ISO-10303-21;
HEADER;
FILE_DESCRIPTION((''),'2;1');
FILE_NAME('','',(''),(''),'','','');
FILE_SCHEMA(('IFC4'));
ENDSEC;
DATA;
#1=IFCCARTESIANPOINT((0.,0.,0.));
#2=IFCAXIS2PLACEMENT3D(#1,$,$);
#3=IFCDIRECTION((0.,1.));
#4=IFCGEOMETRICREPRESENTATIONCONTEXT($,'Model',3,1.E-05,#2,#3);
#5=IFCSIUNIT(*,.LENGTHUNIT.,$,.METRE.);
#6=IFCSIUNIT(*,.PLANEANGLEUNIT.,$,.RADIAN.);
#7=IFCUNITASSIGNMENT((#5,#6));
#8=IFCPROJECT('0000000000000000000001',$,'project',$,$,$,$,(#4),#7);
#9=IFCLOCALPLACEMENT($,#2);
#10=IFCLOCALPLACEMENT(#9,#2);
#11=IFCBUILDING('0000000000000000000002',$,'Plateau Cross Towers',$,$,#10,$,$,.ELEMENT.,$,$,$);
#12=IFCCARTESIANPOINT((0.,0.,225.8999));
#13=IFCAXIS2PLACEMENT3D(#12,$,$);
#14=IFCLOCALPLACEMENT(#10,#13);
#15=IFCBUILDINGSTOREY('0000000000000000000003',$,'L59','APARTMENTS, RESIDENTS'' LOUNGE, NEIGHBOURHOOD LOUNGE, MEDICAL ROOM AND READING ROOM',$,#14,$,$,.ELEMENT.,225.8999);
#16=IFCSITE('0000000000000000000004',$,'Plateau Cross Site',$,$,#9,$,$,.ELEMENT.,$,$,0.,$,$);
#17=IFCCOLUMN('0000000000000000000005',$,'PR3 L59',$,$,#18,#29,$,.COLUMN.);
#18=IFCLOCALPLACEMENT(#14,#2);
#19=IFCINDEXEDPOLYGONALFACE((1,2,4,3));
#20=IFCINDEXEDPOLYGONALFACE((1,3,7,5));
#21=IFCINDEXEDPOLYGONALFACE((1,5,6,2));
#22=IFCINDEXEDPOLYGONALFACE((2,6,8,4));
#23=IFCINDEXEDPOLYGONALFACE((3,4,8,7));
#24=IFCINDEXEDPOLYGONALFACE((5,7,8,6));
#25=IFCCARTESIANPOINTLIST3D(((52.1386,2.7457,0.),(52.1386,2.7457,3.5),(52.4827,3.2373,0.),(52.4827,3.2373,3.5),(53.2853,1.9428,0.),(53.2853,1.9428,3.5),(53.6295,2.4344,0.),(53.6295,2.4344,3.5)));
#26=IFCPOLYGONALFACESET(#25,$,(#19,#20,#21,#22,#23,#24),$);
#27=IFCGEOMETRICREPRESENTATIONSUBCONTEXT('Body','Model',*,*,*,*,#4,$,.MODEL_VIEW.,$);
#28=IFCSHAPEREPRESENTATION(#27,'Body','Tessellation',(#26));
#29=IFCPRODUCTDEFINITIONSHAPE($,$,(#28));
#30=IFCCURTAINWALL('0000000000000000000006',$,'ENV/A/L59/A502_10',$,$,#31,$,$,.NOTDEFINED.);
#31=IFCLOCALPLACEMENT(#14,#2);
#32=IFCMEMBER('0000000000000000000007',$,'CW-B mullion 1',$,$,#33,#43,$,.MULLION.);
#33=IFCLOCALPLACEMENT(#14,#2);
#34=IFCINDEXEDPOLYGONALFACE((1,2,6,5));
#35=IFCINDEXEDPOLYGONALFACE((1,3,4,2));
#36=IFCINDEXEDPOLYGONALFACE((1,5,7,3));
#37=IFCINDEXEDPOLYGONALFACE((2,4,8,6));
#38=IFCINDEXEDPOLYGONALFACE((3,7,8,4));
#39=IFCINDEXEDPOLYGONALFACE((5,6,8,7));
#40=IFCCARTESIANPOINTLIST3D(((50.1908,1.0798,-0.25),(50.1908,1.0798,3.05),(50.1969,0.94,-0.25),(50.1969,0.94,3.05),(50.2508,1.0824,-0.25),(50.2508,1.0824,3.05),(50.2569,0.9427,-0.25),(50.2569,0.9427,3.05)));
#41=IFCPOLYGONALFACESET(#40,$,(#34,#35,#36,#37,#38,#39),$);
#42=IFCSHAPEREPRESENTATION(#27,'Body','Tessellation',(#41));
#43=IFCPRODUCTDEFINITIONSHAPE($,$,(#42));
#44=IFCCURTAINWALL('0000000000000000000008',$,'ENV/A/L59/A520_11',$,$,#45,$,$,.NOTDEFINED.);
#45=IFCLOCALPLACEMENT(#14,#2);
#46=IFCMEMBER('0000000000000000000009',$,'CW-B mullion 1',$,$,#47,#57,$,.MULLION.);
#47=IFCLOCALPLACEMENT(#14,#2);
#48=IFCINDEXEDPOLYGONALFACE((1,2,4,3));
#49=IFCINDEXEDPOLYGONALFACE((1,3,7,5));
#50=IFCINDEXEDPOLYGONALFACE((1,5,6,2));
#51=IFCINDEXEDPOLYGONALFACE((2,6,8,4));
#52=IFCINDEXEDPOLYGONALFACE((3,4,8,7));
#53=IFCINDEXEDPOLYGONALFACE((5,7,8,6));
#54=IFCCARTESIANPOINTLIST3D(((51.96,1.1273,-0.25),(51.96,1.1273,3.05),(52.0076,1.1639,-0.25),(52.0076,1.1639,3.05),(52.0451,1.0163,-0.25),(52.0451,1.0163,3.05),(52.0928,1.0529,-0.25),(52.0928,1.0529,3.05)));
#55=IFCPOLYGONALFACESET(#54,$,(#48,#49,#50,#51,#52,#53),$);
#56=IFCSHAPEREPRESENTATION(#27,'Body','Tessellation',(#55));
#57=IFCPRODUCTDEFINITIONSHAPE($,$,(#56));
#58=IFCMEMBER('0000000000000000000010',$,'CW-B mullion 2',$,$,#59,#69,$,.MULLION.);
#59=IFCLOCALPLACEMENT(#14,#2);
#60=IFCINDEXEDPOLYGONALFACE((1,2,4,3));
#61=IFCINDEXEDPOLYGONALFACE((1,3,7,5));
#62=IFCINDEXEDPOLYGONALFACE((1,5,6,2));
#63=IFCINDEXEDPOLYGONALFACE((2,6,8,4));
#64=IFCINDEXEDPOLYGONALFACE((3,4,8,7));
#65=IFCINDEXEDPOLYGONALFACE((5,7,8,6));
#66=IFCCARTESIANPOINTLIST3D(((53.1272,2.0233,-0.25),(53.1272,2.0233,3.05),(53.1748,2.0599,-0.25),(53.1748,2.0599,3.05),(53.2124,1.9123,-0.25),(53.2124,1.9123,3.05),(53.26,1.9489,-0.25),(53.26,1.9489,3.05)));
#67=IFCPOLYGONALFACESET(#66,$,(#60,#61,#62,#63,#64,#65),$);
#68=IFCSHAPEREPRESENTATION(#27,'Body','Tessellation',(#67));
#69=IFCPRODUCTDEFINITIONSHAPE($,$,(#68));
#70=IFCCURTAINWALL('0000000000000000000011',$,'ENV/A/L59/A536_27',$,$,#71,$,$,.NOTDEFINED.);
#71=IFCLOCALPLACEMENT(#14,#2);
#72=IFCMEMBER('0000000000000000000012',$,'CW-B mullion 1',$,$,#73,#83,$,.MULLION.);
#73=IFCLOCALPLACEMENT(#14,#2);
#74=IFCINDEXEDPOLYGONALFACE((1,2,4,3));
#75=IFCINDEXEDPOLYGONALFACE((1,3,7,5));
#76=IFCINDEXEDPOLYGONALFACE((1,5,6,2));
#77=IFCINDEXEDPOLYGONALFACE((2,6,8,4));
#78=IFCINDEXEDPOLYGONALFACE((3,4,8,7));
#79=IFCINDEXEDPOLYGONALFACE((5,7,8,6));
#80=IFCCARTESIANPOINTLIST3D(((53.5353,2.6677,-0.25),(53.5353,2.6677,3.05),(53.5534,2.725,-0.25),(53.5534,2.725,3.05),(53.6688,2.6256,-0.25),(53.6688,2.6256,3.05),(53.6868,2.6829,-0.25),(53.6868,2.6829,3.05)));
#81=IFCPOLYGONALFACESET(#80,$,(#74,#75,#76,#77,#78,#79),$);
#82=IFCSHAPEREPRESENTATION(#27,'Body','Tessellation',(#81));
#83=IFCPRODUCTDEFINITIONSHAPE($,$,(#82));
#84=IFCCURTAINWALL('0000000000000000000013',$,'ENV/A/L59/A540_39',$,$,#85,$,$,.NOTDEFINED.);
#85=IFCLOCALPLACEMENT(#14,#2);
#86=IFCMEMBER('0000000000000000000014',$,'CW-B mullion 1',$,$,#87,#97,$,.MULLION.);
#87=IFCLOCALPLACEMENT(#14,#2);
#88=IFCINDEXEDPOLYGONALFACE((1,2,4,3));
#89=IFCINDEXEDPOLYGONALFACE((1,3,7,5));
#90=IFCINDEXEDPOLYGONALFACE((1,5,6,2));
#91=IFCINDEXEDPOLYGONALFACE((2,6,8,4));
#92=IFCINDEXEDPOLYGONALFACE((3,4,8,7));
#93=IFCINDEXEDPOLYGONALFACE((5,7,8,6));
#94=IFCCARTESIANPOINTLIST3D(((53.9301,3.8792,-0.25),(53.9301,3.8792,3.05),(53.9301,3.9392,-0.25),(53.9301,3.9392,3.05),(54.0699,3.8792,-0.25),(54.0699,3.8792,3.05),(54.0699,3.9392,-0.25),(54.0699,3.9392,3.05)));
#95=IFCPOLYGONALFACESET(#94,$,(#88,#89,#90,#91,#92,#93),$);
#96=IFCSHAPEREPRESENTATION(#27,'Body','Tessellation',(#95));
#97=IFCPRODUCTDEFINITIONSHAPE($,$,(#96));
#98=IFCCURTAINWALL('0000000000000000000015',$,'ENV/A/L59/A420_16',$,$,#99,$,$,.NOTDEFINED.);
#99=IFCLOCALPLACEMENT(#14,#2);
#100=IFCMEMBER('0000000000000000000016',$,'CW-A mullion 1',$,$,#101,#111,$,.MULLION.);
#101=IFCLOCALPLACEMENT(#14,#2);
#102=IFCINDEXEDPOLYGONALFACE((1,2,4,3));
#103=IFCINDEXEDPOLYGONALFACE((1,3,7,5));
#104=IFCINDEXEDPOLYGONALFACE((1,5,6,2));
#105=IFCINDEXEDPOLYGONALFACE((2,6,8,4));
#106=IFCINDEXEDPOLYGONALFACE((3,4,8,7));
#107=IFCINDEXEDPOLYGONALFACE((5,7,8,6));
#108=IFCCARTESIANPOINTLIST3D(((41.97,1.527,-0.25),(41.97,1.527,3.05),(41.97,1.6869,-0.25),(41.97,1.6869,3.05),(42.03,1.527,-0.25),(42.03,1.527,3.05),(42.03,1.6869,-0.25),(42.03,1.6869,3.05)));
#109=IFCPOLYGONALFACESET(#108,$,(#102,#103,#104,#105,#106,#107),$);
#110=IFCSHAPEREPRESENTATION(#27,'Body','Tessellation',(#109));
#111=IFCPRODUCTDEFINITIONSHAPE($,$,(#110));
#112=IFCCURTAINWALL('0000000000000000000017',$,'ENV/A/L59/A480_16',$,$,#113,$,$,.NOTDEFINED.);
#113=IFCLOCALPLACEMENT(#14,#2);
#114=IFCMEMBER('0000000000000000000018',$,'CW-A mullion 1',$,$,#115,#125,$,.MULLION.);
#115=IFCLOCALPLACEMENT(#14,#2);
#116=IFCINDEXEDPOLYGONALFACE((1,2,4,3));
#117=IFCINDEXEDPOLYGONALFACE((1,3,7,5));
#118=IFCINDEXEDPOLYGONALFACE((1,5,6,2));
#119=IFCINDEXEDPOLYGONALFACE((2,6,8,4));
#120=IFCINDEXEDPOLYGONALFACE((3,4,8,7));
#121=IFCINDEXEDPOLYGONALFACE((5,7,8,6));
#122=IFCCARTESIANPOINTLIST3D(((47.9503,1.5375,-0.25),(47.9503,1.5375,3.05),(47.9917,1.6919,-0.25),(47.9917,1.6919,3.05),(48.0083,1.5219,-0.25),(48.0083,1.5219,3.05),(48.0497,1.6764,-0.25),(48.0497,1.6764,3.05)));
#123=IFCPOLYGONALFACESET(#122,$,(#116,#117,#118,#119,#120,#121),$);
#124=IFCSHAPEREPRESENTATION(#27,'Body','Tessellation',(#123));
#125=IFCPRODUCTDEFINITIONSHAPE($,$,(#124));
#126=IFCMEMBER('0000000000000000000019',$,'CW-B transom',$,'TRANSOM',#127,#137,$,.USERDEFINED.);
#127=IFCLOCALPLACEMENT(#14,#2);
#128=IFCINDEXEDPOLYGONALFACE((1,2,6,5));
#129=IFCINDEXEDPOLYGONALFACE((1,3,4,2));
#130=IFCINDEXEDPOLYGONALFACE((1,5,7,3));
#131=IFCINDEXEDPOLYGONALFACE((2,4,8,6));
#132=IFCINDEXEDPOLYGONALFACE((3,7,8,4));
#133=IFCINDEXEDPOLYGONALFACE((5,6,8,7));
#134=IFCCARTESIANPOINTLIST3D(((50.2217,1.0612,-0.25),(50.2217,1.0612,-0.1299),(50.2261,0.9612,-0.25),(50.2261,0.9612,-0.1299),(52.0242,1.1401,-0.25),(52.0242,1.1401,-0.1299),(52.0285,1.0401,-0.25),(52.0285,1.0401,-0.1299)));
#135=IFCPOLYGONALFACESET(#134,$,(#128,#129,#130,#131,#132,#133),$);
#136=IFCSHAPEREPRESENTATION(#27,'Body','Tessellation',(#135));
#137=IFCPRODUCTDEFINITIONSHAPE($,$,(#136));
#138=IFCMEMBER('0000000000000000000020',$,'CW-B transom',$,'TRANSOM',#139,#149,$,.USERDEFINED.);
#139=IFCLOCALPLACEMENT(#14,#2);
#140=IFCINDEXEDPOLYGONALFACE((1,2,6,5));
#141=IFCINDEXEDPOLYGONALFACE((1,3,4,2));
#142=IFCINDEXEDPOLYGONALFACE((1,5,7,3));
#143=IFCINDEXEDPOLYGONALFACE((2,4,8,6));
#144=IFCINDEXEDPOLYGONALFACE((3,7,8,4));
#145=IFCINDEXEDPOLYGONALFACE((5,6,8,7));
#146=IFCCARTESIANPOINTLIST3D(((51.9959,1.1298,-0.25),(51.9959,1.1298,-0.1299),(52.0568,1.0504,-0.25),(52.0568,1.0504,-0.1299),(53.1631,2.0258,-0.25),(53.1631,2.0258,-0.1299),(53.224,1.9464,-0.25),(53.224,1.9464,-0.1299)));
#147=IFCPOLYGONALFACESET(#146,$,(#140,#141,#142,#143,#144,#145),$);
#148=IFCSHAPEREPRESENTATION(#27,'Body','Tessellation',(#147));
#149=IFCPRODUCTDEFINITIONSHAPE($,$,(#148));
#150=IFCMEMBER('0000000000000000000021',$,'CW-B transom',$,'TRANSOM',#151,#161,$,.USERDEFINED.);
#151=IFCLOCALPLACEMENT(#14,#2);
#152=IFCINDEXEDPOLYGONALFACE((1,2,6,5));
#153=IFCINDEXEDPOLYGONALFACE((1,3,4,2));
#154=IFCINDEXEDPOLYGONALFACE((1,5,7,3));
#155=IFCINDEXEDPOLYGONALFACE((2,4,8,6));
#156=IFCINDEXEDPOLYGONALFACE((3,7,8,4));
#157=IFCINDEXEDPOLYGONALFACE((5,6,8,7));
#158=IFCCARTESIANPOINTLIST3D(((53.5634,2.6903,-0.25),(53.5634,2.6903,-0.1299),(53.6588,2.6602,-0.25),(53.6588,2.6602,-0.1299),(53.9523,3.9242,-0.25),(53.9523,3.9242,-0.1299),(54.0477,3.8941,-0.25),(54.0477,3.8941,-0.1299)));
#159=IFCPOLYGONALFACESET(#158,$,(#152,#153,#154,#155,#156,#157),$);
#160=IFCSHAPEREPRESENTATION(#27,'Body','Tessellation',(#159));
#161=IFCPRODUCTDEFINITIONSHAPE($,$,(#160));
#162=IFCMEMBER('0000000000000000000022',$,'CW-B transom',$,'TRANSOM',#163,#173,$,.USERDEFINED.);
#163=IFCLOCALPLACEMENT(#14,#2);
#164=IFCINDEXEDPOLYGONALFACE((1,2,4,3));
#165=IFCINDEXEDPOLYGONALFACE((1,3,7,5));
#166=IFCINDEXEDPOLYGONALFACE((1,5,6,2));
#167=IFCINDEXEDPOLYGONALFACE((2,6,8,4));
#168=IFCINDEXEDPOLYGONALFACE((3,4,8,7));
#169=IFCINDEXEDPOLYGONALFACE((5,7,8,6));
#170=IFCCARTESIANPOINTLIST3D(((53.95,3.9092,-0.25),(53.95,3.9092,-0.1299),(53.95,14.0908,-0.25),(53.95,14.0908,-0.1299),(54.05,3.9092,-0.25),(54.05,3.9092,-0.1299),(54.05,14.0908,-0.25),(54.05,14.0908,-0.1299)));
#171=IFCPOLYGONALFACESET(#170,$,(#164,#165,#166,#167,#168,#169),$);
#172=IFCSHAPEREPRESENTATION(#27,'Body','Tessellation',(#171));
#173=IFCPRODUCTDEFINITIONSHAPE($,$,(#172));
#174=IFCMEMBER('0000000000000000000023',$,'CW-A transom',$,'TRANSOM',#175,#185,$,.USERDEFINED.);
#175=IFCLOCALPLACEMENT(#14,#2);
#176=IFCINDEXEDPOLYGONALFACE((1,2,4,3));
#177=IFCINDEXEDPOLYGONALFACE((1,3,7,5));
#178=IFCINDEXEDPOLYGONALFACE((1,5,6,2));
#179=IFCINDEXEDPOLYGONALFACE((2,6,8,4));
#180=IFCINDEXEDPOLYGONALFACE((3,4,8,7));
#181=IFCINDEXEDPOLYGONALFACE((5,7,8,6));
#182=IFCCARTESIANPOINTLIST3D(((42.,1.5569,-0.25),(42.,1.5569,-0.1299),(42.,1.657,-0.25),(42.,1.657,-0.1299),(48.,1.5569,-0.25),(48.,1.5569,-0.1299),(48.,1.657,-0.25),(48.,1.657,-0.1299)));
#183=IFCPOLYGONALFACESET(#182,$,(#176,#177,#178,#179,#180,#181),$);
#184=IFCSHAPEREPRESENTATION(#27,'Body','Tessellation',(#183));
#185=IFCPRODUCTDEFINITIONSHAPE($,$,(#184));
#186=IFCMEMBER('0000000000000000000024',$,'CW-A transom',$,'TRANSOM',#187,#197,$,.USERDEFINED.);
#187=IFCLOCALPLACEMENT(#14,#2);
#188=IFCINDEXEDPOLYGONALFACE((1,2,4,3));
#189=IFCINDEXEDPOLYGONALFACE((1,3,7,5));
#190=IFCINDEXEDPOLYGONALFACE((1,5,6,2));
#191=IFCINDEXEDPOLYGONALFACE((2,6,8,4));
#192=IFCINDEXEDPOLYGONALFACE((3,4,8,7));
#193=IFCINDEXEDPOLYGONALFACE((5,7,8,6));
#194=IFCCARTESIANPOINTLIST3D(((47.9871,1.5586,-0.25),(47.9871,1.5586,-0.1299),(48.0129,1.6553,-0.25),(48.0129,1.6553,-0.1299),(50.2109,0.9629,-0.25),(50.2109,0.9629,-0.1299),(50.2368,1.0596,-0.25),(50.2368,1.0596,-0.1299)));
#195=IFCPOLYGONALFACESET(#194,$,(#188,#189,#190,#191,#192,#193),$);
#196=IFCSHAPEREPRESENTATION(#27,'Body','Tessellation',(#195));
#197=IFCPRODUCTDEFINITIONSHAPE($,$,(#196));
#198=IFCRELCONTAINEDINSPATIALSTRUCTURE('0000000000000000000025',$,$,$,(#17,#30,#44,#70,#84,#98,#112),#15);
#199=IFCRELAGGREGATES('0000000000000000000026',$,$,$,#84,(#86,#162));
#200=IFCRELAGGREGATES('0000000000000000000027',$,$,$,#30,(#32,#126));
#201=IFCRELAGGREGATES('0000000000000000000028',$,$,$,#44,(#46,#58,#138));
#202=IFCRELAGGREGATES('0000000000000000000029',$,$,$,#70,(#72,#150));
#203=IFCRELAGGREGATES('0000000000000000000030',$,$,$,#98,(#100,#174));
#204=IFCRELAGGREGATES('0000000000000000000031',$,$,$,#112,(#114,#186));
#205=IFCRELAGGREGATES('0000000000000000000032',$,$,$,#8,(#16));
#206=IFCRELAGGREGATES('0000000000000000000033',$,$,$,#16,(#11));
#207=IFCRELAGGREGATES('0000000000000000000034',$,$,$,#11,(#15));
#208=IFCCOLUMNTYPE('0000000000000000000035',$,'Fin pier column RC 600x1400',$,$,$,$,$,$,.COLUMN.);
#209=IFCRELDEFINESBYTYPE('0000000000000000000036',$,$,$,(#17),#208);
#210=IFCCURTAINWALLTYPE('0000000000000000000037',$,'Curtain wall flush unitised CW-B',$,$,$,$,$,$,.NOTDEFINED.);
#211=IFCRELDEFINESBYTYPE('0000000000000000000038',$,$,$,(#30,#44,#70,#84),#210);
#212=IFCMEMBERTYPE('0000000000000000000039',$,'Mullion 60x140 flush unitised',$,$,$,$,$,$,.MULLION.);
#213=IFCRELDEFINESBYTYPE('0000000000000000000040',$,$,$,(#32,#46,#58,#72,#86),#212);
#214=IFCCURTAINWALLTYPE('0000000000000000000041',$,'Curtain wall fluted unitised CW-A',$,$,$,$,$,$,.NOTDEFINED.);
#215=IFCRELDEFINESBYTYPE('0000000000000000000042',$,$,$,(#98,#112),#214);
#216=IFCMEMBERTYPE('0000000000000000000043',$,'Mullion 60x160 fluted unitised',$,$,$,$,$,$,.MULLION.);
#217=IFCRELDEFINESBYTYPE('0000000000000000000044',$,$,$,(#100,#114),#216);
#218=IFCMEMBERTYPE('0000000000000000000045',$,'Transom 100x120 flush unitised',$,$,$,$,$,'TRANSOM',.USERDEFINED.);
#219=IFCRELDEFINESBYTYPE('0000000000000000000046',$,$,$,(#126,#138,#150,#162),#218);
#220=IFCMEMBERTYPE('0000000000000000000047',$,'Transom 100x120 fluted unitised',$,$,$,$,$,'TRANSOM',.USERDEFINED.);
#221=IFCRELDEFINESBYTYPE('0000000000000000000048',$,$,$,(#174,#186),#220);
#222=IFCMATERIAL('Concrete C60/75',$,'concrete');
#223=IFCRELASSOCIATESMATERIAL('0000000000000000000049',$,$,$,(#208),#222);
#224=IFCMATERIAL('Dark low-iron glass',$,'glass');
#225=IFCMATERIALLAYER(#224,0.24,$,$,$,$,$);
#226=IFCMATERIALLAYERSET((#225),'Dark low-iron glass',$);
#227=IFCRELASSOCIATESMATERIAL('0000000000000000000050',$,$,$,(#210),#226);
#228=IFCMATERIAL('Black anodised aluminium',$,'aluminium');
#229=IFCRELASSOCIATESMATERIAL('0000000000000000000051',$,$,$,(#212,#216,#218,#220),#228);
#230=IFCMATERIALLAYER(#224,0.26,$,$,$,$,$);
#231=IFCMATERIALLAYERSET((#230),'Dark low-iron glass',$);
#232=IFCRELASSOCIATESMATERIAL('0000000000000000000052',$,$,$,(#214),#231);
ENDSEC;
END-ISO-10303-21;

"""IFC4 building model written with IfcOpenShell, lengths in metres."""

from ifc_helpers import new_model, si_unit, direction, frame, origin, origin_2d, place, context, subcontext, project, spatial, rectangle, extrude, material, layer, layer_set, material_profile, profile_set, type_object, element, aggregate, save


model = new_model("IFC4")

# Units and contexts
model_context = context("Model", 3, precision=1e-05, world=origin(), true_north=direction((0.0, 1.0)))
body_context = subcontext(model_context, "Body", "Model", "MODEL_VIEW")
ifc_project = project(units=[si_unit("LENGTHUNIT", "METRE"), si_unit("PLANEANGLEUNIT", "RADIAN")], contexts=[model_context])

# Site, building, storey
site_placement = place(None, origin())
site = spatial("IfcSite", under=ifc_project, at=site_placement, Name="Plateau Cross Site", CompositionType="ELEMENT", RefElevation=0.0)
building_placement = place(site_placement, origin())
building = spatial("IfcBuilding", under=site, at=building_placement, Name="Plateau Cross Towers", CompositionType="ELEMENT")
storey_placement = place(building_placement, frame((0.0, 0.0, 225.8999)))
storey = spatial("IfcBuildingStorey", under=building, at=storey_placement, Name="L59", Description="APARTMENTS, RESIDENTS' LOUNGE, NEIGHBOURHOOD LOUNGE, MEDICAL ROOM AND READING ROOM", CompositionType="ELEMENT", Elevation=225.8999)

# Column
ifc_material_1 = material(Name="Concrete C60/75", Category="concrete")
ifc_material_profile_1 = material_profile(ifc_material_1, rectangle(XDim=0.6001, YDim=1.3999, at=origin_2d()), Name="RC 600x1400")
ifc_profile_set_1 = profile_set([ifc_material_profile_1], Name="Concrete C60/75")
column_type = type_object("IfcColumnType", Name="Fin pier column RC 600x1400", PredefinedType="COLUMN", material=ifc_profile_set_1)
column_placement = place(storey_placement, frame((52.884, 2.5901, 0.0), z_axis=(0.0, 0.0, 1.0), x_axis=(0.573543, 0.819176, 0.0)))
element("IfcColumn", 1, at=column_placement, inside=storey, type_object=column_type, Name="PR3 L59", PredefinedType="COLUMN", context=body_context, shape_type="SweptSolid", body=[
    extrude(rectangle(XDim=0.6001, YDim=1.3999, at=origin_2d()), origin(), (0.0, 0.0, 1.0), 3.5),
])

# Curtain wall, member
ifc_material_2 = material(Name="Dark low-iron glass", Category="glass")
ifc_layer_1 = layer(ifc_material_2, 0.24)
ifc_layer_set_1 = layer_set([ifc_layer_1], Name="Dark low-iron glass")
curtain_wall_type_1 = type_object("IfcCurtainWallType", Name="Curtain wall flush unitised CW-B", PredefinedType="NOTDEFINED", material=ifc_layer_set_1)
curtain_wall_1_placement = place(storey_placement, origin())
curtain_wall_1 = element("IfcCurtainWall", 2, at=curtain_wall_1_placement, inside=storey, type_object=curtain_wall_type_1, Name="ENV/A/L59/A502_10", PredefinedType="NOTDEFINED")
ifc_material_3 = material(Name="Black anodised aluminium", Category="aluminium")
ifc_material_profile_2 = material_profile(ifc_material_3, rectangle(XDim=0.0601, YDim=0.1399, at=origin_2d()), Name="MULLION 60x140")
ifc_profile_set_2 = profile_set([ifc_material_profile_2], Name="Black anodised aluminium")
member_type_1 = type_object("IfcMemberType", Name="Mullion 60x140 flush unitised", PredefinedType="MULLION", material=ifc_profile_set_2)
member_1_placement = place(storey_placement, frame((50.2239, 1.0112, -0.25), z_axis=(0.0, 0.0, 1.0), x_axis=(0.999044, 0.043723, 0.0)))
member_1 = element("IfcMember", 3, at=member_1_placement, type_object=member_type_1, Name="CW-B mullion 1", PredefinedType="MULLION", context=body_context, shape_type="SweptSolid", body=[
    extrude(rectangle(XDim=0.0601, YDim=0.1399, at=origin_2d()), origin(), (0.0, 0.0, 1.0), 3.3),
])

# Curtain wall, members
curtain_wall_2_placement = place(storey_placement, origin())
curtain_wall_2 = element("IfcCurtainWall", 4, at=curtain_wall_2_placement, inside=storey, type_object=curtain_wall_type_1, Name="ENV/A/L59/A520_11", PredefinedType="NOTDEFINED")
member_2_placement = place(storey_placement, frame((52.0264, 1.0901, -0.25), z_axis=(0.0, 0.0, 1.0), x_axis=(0.793316, 0.608811, 0.0)))
member_2 = element("IfcMember", 5, at=member_2_placement, type_object=member_type_1, Name="CW-B mullion 1", PredefinedType="MULLION", context=body_context, shape_type="SweptSolid", body=[
    extrude(rectangle(XDim=0.0601, YDim=0.1399, at=origin_2d()), origin(), (0.0, 0.0, 1.0), 3.3),
])
member_3_placement = place(storey_placement, frame((53.1936, 1.9861, -0.25), z_axis=(0.0, 0.0, 1.0), x_axis=(0.793316, 0.608811, 0.0)))
member_3 = element("IfcMember", 6, at=member_3_placement, type_object=member_type_1, Name="CW-B mullion 2", PredefinedType="MULLION", context=body_context, shape_type="SweptSolid", body=[
    extrude(rectangle(XDim=0.0601, YDim=0.1399, at=origin_2d()), origin(), (0.0, 0.0, 1.0), 3.3),
])

# Curtain walls, members
curtain_wall_3_placement = place(storey_placement, origin())
curtain_wall_3 = element("IfcCurtainWall", 7, at=curtain_wall_3_placement, inside=storey, type_object=curtain_wall_type_1, Name="ENV/A/L59/A536_27", PredefinedType="NOTDEFINED")
member_4_placement = place(storey_placement, frame((53.6111, 2.6753, -0.25), z_axis=(0.0, 0.0, 1.0), x_axis=(0.300686, 0.953723, 0.0)))
member_4 = element("IfcMember", 8, at=member_4_placement, type_object=member_type_1, Name="CW-B mullion 1", PredefinedType="MULLION", context=body_context, shape_type="SweptSolid", body=[
    extrude(rectangle(XDim=0.0601, YDim=0.1399, at=origin_2d()), origin(), (0.0, 0.0, 1.0), 3.3),
])
curtain_wall_4_placement = place(storey_placement, origin())
curtain_wall_4 = element("IfcCurtainWall", 9, at=curtain_wall_4_placement, inside=storey, type_object=curtain_wall_type_1, Name="ENV/A/L59/A540_39", PredefinedType="NOTDEFINED")
member_5_placement = place(storey_placement, frame((54.0, 3.9092, -0.25), z_axis=(0.0, 0.0, 1.0), x_axis=(0.0, 1.0, 0.0)))
member_5 = element("IfcMember", 10, at=member_5_placement, type_object=member_type_1, Name="CW-B mullion 1", PredefinedType="MULLION", context=body_context, shape_type="SweptSolid", body=[
    extrude(rectangle(XDim=0.0601, YDim=0.1399, at=origin_2d()), origin(), (0.0, 0.0, 1.0), 3.3),
])
ifc_layer_2 = layer(ifc_material_2, 0.26)
ifc_layer_set_2 = layer_set([ifc_layer_2], Name="Dark low-iron glass")
curtain_wall_type_2 = type_object("IfcCurtainWallType", Name="Curtain wall fluted unitised CW-A", PredefinedType="NOTDEFINED", material=ifc_layer_set_2)
curtain_wall_5_placement = place(storey_placement, origin())
curtain_wall_5 = element("IfcCurtainWall", 11, at=curtain_wall_5_placement, inside=storey, type_object=curtain_wall_type_2, Name="ENV/A/L59/A420_16", PredefinedType="NOTDEFINED")
ifc_material_profile_3 = material_profile(ifc_material_3, rectangle(XDim=0.0601, YDim=0.1599, at=origin_2d()), Name="MULLION 60x160")
ifc_profile_set_3 = profile_set([ifc_material_profile_3], Name="Black anodised aluminium")
member_type_2 = type_object("IfcMemberType", Name="Mullion 60x160 fluted unitised", PredefinedType="MULLION", material=ifc_profile_set_3)
member_6_placement = place(storey_placement, frame((42.0, 1.6069, -0.25), z_axis=(0.0, 0.0, 1.0), x_axis=(1.0, 0.0, 0.0)))
member_6 = element("IfcMember", 12, at=member_6_placement, type_object=member_type_2, Name="CW-A mullion 1", PredefinedType="MULLION", context=body_context, shape_type="SweptSolid", body=[
    extrude(rectangle(XDim=0.0601, YDim=0.1599, at=origin_2d()), origin(), (0.0, 0.0, 1.0), 3.3),
])
curtain_wall_6_placement = place(storey_placement, origin())
curtain_wall_6 = element("IfcCurtainWall", 13, at=curtain_wall_6_placement, inside=storey, type_object=curtain_wall_type_2, Name="ENV/A/L59/A480_16", PredefinedType="NOTDEFINED")
member_7_placement = place(storey_placement, frame((48.0, 1.6069, -0.25), z_axis=(0.0, 0.0, 1.0), x_axis=(0.965958, -0.258699, 0.0)))
member_7 = element("IfcMember", 14, at=member_7_placement, type_object=member_type_2, Name="CW-A mullion 1", PredefinedType="MULLION", context=body_context, shape_type="SweptSolid", body=[
    extrude(rectangle(XDim=0.0601, YDim=0.1599, at=origin_2d()), origin(), (0.0, 0.0, 1.0), 3.3),
])

# Members
ifc_material_profile_4 = material_profile(ifc_material_3, rectangle(XDim=0.1001, YDim=0.1201, at=origin_2d()), Name="TRANSOM 100x120")
ifc_profile_set_4 = profile_set([ifc_material_profile_4], Name="Black anodised aluminium")
member_type_3 = type_object("IfcMemberType", Name="Transom 100x120 flush unitised", ElementType="TRANSOM", PredefinedType="USERDEFINED", material=ifc_profile_set_4)
member_8_placement = place(storey_placement, frame((50.2239, 1.0112, -0.1899), z_axis=(0.999044, 0.043707, 0.0), x_axis=(-0.043707, 0.999044, 0.0)))
member_8 = element("IfcMember", 15, at=member_8_placement, type_object=member_type_3, Name="CW-B transom", ObjectType="TRANSOM", PredefinedType="USERDEFINED", context=body_context, shape_type="SweptSolid", body=[
    extrude(rectangle(XDim=0.1001, YDim=0.1201, at=origin_2d()), origin(), (0.0, 0.0, 1.0), 1.8042),
])
member_9_placement = place(storey_placement, frame((52.0264, 1.0901, -0.1899), z_axis=(0.79324, 0.608909, 0.0), x_axis=(-0.608909, 0.79324, 0.0)))
member_9 = element("IfcMember", 16, at=member_9_placement, type_object=member_type_3, Name="CW-B transom", ObjectType="TRANSOM", PredefinedType="USERDEFINED", context=body_context, shape_type="SweptSolid", body=[
    extrude(rectangle(XDim=0.1001, YDim=0.1201, at=origin_2d()), origin(), (0.0, 0.0, 1.0), 1.4714),
])
member_10_placement = place(storey_placement, frame((53.6111, 2.6753, -0.1899), z_axis=(0.300617, 0.953745, 0.0), x_axis=(-0.953745, 0.300617, 0.0)))
member_10 = element("IfcMember", 17, at=member_10_placement, type_object=member_type_3, Name="CW-B transom", ObjectType="TRANSOM", PredefinedType="USERDEFINED", context=body_context, shape_type="SweptSolid", body=[
    extrude(rectangle(XDim=0.1001, YDim=0.1201, at=origin_2d()), origin(), (0.0, 0.0, 1.0), 1.2937),
])
member_11_placement = place(storey_placement, frame((54.0, 3.9092, -0.1899), z_axis=(0.0, 1.0, 0.0), x_axis=(-1.0, 0.0, 0.0)))
member_11 = element("IfcMember", 18, at=member_11_placement, type_object=member_type_3, Name="CW-B transom", ObjectType="TRANSOM", PredefinedType="USERDEFINED", context=body_context, shape_type="SweptSolid", body=[
    extrude(rectangle(XDim=0.1001, YDim=0.1201, at=origin_2d()), origin(), (0.0, 0.0, 1.0), 10.1816),
])
aggregate(curtain_wall_4, [member_5, member_11])
ifc_material_profile_5 = material_profile(ifc_material_3, rectangle(XDim=0.1001, YDim=0.1201, at=origin_2d()), Name="TRANSOM 100x120")
ifc_profile_set_5 = profile_set([ifc_material_profile_5], Name="Black anodised aluminium")
member_type_4 = type_object("IfcMemberType", Name="Transom 100x120 fluted unitised", ElementType="TRANSOM", PredefinedType="USERDEFINED", material=ifc_profile_set_5)
member_12_placement = place(storey_placement, frame((42.0, 1.6069, -0.1899), z_axis=(1.0, 0.0, 0.0), x_axis=(0.0, 1.0, 0.0)))
member_12 = element("IfcMember", 19, at=member_12_placement, type_object=member_type_4, Name="CW-A transom", ObjectType="TRANSOM", PredefinedType="USERDEFINED", context=body_context, shape_type="SweptSolid", body=[
    extrude(rectangle(XDim=0.1001, YDim=0.1201, at=origin_2d()), origin(), (0.0, 0.0, 1.0), 6.0),
])
member_13_placement = place(storey_placement, frame((48.0, 1.6069, -0.1899), z_axis=(0.965946, -0.258745, 0.0), x_axis=(0.258745, 0.965946, 0.0)))
member_13 = element("IfcMember", 20, at=member_13_placement, type_object=member_type_4, Name="CW-A transom", ObjectType="TRANSOM", PredefinedType="USERDEFINED", context=body_context, shape_type="SweptSolid", body=[
    extrude(rectangle(XDim=0.1001, YDim=0.1201, at=origin_2d()), origin(), (0.0, 0.0, 1.0), 2.3022),
])

aggregate(curtain_wall_1, [member_1, member_8])
aggregate(curtain_wall_2, [member_2, member_3, member_9])
aggregate(curtain_wall_3, [member_4, member_10])
aggregate(curtain_wall_5, [member_6, member_12])
aggregate(curtain_wall_6, [member_7, member_13])

save(model, "model.ifc")
